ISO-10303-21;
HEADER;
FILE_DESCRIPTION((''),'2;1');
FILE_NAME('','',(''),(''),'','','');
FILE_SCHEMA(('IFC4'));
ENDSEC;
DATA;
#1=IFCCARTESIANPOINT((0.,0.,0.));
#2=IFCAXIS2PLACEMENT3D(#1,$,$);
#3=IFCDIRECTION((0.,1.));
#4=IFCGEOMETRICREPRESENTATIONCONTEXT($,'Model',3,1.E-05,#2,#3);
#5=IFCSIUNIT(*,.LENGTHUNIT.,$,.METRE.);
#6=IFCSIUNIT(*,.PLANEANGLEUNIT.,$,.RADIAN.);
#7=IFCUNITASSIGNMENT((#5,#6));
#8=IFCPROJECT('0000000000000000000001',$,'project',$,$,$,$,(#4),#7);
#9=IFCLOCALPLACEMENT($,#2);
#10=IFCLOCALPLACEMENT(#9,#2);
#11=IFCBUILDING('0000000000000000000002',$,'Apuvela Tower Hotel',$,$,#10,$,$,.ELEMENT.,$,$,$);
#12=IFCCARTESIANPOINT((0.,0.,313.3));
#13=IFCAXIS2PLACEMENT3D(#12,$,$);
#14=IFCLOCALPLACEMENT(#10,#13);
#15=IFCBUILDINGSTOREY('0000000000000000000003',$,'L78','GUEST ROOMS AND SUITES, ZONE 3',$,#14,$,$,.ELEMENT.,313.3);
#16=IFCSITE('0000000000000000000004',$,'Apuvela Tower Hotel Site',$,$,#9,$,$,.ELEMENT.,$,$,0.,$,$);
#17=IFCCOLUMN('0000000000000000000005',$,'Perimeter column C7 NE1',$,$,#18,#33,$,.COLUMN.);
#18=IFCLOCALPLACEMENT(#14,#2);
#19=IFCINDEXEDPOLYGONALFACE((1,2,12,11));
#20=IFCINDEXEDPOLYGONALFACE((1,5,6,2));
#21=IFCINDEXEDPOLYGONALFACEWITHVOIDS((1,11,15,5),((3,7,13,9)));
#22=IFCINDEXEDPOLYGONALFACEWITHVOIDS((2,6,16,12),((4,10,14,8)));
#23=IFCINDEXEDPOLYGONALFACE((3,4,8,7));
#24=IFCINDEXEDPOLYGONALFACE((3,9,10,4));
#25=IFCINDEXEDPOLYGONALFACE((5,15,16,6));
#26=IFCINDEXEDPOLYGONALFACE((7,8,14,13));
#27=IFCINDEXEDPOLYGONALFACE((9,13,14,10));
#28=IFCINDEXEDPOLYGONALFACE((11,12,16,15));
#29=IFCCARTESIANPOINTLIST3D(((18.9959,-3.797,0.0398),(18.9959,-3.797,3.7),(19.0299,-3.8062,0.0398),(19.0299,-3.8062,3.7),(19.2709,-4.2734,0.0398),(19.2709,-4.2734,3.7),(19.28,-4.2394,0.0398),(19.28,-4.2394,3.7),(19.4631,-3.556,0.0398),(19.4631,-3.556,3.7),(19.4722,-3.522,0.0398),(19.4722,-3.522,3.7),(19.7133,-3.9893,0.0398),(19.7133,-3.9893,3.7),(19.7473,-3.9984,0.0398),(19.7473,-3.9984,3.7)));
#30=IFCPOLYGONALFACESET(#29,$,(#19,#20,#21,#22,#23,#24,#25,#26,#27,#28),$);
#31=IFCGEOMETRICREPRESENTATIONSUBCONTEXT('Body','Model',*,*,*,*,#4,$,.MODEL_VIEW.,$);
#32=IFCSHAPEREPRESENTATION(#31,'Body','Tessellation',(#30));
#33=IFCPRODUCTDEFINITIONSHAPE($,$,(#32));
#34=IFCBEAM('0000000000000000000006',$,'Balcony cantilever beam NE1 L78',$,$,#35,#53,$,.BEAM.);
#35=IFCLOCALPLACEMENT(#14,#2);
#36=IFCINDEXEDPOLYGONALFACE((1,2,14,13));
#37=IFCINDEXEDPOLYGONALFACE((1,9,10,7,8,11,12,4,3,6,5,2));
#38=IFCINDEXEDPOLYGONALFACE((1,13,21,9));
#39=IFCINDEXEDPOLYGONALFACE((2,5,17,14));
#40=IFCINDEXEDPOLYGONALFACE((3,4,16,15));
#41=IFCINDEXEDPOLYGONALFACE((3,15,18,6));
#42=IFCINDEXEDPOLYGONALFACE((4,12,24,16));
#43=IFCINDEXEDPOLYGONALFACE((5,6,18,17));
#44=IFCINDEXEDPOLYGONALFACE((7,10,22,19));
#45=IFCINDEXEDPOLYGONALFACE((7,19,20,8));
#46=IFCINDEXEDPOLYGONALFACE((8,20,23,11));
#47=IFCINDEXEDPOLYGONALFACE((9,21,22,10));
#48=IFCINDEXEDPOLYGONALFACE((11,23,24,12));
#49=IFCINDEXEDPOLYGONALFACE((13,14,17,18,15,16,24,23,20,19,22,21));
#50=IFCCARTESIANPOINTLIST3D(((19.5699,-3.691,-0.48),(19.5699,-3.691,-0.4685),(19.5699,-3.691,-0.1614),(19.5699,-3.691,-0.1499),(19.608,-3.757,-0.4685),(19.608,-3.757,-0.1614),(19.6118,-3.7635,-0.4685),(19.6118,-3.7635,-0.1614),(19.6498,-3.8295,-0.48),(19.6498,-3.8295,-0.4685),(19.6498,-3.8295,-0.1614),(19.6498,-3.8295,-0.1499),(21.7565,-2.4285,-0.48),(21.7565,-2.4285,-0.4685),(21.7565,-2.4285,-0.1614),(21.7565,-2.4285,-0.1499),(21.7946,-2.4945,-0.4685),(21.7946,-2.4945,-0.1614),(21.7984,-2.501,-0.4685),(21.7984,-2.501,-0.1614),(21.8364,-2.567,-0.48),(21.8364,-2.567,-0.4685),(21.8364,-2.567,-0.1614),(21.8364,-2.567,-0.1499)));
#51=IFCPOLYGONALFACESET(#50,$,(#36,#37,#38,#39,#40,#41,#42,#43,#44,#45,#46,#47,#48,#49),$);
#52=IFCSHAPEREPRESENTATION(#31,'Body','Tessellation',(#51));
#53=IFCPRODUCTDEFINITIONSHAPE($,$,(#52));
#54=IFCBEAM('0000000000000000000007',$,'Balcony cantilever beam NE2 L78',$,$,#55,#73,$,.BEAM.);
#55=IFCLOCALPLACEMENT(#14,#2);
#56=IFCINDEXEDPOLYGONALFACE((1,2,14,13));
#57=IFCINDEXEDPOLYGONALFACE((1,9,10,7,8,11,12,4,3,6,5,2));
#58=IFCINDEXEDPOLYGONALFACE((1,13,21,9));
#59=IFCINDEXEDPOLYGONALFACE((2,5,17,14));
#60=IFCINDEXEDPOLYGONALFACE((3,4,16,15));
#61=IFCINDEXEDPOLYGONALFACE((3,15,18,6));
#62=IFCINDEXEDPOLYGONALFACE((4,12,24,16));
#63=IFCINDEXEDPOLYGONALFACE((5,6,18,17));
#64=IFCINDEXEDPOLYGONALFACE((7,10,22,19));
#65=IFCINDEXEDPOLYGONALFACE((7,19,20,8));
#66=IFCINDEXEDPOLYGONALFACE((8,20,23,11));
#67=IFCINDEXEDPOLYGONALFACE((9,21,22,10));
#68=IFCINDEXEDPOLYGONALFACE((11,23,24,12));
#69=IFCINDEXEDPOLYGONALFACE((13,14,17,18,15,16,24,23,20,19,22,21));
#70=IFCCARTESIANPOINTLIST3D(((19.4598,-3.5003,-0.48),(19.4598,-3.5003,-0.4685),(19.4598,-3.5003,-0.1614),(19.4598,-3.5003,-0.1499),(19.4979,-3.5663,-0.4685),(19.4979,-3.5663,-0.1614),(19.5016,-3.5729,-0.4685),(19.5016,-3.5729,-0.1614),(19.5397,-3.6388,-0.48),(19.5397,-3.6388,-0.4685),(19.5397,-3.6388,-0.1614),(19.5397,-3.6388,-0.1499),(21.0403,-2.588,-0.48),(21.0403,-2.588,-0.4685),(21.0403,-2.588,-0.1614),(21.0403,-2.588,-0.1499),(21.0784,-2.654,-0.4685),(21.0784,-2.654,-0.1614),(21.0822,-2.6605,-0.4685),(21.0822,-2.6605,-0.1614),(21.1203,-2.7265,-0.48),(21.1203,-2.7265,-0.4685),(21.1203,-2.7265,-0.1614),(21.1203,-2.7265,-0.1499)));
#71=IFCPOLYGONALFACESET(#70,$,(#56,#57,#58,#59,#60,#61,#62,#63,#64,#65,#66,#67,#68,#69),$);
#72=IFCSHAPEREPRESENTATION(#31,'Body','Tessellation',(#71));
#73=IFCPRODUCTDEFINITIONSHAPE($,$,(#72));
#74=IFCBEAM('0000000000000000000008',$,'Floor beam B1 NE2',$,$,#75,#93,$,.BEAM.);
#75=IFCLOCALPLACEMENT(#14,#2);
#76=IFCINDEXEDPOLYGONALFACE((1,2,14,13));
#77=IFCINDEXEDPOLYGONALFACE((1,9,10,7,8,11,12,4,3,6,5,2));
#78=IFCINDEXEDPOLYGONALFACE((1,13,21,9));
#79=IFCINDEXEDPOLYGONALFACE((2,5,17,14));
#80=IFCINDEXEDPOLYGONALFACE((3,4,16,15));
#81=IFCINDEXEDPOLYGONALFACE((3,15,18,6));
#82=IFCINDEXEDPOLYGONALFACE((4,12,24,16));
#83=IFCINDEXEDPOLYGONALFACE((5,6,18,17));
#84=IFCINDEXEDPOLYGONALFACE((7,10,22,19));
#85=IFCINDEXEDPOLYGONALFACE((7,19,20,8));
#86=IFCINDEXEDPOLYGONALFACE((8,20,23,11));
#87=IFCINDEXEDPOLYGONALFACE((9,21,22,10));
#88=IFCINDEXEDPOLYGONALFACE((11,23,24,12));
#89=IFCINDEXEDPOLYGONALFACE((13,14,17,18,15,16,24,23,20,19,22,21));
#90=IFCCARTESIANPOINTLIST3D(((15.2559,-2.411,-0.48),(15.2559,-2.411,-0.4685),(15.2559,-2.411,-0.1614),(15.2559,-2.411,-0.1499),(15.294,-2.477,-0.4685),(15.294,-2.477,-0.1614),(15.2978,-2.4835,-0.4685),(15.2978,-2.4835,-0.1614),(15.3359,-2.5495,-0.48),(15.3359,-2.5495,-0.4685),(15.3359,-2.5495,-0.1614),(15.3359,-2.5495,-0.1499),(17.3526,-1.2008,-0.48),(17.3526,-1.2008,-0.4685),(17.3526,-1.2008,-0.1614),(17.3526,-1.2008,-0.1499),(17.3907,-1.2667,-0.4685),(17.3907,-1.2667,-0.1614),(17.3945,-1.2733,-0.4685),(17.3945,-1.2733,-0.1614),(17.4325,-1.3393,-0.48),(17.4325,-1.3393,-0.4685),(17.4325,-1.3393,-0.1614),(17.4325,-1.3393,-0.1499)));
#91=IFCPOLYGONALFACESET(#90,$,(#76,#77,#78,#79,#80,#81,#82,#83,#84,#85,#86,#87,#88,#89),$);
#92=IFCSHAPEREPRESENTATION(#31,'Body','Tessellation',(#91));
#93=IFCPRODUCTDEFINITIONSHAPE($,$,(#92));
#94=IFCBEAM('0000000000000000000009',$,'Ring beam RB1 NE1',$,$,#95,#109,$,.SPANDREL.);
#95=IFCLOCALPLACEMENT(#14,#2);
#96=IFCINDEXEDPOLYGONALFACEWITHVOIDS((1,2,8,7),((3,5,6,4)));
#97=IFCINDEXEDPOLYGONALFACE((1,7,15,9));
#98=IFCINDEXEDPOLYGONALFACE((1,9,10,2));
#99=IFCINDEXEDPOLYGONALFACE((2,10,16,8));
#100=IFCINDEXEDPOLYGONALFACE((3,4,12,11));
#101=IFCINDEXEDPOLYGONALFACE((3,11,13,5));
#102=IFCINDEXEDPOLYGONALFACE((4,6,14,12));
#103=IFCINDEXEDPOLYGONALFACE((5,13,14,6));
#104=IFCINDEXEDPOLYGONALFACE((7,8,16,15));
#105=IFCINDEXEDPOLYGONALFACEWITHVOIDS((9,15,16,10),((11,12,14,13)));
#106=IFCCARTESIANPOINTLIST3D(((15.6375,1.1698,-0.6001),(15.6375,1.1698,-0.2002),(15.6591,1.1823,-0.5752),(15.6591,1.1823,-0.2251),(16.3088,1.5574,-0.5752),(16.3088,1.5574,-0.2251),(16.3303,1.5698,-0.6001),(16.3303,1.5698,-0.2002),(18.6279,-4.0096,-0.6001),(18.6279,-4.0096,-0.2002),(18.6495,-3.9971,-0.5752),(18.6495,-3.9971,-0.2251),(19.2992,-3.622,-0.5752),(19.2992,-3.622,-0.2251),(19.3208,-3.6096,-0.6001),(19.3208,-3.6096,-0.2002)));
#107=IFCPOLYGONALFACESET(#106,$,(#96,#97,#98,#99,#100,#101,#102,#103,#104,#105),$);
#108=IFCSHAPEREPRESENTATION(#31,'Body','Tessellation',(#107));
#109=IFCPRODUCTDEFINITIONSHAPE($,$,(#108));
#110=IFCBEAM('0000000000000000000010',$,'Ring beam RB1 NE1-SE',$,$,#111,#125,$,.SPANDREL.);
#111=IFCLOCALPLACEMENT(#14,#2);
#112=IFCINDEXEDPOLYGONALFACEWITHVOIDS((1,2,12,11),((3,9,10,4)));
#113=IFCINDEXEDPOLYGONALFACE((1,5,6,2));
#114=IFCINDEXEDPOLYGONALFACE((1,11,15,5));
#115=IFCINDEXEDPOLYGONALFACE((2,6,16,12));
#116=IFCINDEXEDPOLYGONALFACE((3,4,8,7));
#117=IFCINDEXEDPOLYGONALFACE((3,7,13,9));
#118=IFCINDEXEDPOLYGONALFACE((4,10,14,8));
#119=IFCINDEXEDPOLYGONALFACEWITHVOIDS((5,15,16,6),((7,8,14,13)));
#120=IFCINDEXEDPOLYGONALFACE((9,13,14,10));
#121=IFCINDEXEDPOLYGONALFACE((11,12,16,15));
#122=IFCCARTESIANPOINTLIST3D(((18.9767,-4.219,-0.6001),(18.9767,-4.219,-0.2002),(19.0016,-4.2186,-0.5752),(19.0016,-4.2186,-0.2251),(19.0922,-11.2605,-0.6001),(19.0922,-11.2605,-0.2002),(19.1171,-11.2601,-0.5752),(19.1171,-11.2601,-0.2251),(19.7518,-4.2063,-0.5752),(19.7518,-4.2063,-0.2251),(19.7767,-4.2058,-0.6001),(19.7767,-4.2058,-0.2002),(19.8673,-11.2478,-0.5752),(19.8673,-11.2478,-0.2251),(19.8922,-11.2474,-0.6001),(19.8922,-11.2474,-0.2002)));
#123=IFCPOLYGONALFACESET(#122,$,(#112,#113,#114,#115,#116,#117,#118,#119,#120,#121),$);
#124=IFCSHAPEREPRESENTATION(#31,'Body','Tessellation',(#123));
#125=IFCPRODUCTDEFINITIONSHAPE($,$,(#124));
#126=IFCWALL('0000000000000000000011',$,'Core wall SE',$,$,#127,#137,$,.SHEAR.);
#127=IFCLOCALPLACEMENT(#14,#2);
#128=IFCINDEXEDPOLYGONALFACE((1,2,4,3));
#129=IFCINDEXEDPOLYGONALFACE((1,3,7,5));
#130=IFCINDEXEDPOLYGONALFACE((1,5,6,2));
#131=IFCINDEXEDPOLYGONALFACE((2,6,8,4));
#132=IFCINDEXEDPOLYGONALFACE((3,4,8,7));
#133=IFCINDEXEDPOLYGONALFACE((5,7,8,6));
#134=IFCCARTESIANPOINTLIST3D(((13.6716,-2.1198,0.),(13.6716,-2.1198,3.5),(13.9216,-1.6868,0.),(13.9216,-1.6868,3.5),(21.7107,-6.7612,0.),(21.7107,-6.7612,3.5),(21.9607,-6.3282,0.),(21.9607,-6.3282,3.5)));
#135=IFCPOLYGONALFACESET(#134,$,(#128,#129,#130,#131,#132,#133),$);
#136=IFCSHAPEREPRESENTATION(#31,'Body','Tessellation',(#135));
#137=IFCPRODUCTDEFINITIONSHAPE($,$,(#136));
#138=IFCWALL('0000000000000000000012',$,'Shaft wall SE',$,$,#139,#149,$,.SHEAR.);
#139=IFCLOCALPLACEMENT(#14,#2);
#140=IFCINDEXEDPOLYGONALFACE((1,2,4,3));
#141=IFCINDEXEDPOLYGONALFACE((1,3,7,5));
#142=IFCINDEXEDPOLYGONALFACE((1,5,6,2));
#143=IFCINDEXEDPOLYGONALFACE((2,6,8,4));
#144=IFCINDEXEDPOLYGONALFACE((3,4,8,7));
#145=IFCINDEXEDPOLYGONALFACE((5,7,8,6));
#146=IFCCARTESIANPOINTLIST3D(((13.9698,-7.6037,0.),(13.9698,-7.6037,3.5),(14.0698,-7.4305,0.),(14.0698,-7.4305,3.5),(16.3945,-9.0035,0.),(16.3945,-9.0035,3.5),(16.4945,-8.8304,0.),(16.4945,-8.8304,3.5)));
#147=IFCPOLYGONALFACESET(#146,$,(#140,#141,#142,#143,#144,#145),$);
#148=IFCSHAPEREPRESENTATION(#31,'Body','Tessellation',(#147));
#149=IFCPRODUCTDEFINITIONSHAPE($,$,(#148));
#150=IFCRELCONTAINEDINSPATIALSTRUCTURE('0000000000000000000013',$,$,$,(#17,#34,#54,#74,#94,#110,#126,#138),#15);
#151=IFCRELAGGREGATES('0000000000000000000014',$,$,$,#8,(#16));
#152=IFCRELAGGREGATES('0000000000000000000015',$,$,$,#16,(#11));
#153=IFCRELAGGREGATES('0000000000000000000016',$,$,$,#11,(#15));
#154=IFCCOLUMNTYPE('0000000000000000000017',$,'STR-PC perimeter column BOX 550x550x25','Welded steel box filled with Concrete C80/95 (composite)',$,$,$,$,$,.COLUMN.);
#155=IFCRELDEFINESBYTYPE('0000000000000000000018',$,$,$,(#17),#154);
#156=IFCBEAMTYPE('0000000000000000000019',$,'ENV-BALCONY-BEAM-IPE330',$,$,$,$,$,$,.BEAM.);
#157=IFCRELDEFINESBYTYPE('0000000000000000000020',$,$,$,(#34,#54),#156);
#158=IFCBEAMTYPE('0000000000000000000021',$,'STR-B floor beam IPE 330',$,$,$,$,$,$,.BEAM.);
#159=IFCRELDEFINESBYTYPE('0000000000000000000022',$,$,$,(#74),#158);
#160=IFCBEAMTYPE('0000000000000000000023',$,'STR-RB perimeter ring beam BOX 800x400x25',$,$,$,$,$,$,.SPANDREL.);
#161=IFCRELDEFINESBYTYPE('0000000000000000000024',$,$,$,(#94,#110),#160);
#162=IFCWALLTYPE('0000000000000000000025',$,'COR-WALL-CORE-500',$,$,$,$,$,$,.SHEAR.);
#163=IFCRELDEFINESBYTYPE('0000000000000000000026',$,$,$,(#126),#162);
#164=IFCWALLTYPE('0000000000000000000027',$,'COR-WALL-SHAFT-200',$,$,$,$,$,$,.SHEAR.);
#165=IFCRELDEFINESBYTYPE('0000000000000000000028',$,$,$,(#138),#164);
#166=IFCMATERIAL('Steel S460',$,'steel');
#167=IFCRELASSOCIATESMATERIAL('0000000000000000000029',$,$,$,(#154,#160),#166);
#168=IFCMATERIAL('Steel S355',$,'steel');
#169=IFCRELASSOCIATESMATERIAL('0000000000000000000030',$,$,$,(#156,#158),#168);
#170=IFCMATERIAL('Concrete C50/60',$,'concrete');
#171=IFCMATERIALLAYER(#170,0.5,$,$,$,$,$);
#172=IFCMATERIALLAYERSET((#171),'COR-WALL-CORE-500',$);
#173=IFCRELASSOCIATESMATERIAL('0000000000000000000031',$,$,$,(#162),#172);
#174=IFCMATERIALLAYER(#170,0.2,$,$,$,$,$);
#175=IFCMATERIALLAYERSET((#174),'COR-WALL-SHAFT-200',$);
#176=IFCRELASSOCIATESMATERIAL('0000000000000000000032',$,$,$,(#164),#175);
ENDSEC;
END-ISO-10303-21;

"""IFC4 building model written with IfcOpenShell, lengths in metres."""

from ifc_helpers import new_model, si_unit, direction, frame, frame_2d, origin, origin_2d, place, context, subcontext, project, spatial, rectangle, hollow_rectangle, i_section, extrude, boolean, halfspace, material, layer, layer_set, material_profile, profile_set, type_object, element, save


model = new_model("IFC4")

# Units and contexts
model_context = context("Model", 3, precision=1e-05, world=origin(), true_north=direction((0.0, 1.0)))
body_context = subcontext(model_context, "Body", "Model", "MODEL_VIEW")
ifc_project = project(units=[si_unit("LENGTHUNIT", "METRE"), si_unit("PLANEANGLEUNIT", "RADIAN")], contexts=[model_context])

# Site, building, storey
site_placement = place(None, origin())
site = spatial("IfcSite", under=ifc_project, at=site_placement, Name="Apuvela Tower Hotel Site", CompositionType="ELEMENT", RefElevation=0.0)
building_placement = place(site_placement, origin())
building = spatial("IfcBuilding", under=site, at=building_placement, Name="Apuvela Tower Hotel", CompositionType="ELEMENT")
storey_placement = place(building_placement, frame((0.0, 0.0, 313.3)))
storey = spatial("IfcBuildingStorey", under=building, at=storey_placement, Name="L78", Description="GUEST ROOMS AND SUITES, ZONE 3", CompositionType="ELEMENT", Elevation=313.3)

# Column
ifc_material_1 = material(Name="Steel S460", Category="steel")
ifc_material_profile_1 = material_profile(ifc_material_1, hollow_rectangle(XDim=0.55, YDim=0.55, WallThickness=0.0249, at=origin_2d()), Name="BOX 550x550x25")
ifc_material_2 = material(Name="Concrete C80/95", Category="concrete")
ifc_material_profile_2 = material_profile(ifc_material_2, rectangle(XDim=0.5, YDim=0.5, at=origin_2d()), Name="Concrete C80/95 infill")
ifc_profile_set_1 = profile_set([ifc_material_profile_1, ifc_material_profile_2], Name="Steel S460")
column_type = type_object("IfcColumnType", Name="STR-PC perimeter column BOX 550x550x25", Description="Welded steel box filled with Concrete C80/95 (composite)", PredefinedType="COLUMN", material=ifc_profile_set_1)
column_placement = place(storey_placement, frame((19.3716, -3.8977, 0.0), z_axis=(0.0, 0.0, 1.0), x_axis=(-0.5, 0.866025, 0.0)))
element("IfcColumn", 1, at=column_placement, inside=storey, type_object=column_type, Name="Perimeter column C7 NE1", PredefinedType="COLUMN", context=body_context, shape_type="SweptSolid", body=[
    boolean("DIFFERENCE", extrude(hollow_rectangle(XDim=0.55, YDim=0.55, WallThickness=0.0249, at=origin_2d()), origin(), (0.0, 0.0, 1.0), 3.7), halfspace(frame((0.0, 0.0, 0.0398), z_axis=(0.0, 0.0, 1.0), x_axis=(1.0, 0.0, 0.0)), True)),
])

# Beams
ifc_material_3 = material(Name="Steel S355", Category="steel")
ifc_material_profile_3 = material_profile(ifc_material_3, i_section(OverallWidth=0.1599, OverallDepth=0.3301, WebThickness=0.0076, FlangeThickness=0.0115, at=origin_2d()), Name="IPE 330")
ifc_profile_set_2 = profile_set([ifc_material_profile_3], Name="Steel S355")
beam_type_1 = type_object("IfcBeamType", Name="ENV-BALCONY-BEAM-IPE330", PredefinedType="BEAM", material=ifc_profile_set_2)
beam_1_placement = place(storey_placement, frame((19.6099, -3.7603, -0.3149), z_axis=(0.866015, 0.500018, 0.0), x_axis=(-0.500018, 0.866015, 0.0)))
element("IfcBeam", 2, at=beam_1_placement, inside=storey, type_object=beam_type_1, Name="Balcony cantilever beam NE1 L78", PredefinedType="BEAM", context=body_context, shape_type="SweptSolid", body=[
    extrude(i_section(OverallWidth=0.1599, OverallDepth=0.3301, WebThickness=0.0076, FlangeThickness=0.0115, at=origin_2d()), origin(), (0.0, 0.0, 1.0), 2.5249),
])
beam_2_placement = place(storey_placement, frame((19.4998, -3.5696, -0.3149), z_axis=(0.86607, 0.499923, 0.0), x_axis=(-0.499923, 0.86607, 0.0)))
element("IfcBeam", 3, at=beam_2_placement, inside=storey, type_object=beam_type_1, Name="Balcony cantilever beam NE2 L78", PredefinedType="BEAM", context=body_context, shape_type="SweptSolid", body=[
    extrude(i_section(OverallWidth=0.1599, OverallDepth=0.3301, WebThickness=0.0076, FlangeThickness=0.0115, at=origin_2d()), origin(), (0.0, 0.0, 1.0), 1.825),
])
ifc_material_profile_4 = material_profile(ifc_material_3, i_section(OverallWidth=0.1599, OverallDepth=0.3301, WebThickness=0.0076, FlangeThickness=0.0115, at=origin_2d()), Name="IPE 330")
ifc_profile_set_3 = profile_set([ifc_material_profile_4], Name="Steel S355")
beam_type_2 = type_object("IfcBeamType", Name="STR-B floor beam IPE 330", PredefinedType="BEAM", material=ifc_profile_set_3)
beam_3_placement = place(storey_placement, frame((17.3926, -1.27, -0.3149), z_axis=(-0.866081, -0.499903, 0.0), x_axis=(0.499903, -0.866081, 0.0)))
element("IfcBeam", 4, at=beam_3_placement, inside=storey, type_object=beam_type_2, Name="Floor beam B1 NE2", PredefinedType="BEAM", context=body_context, shape_type="SweptSolid", body=[
    extrude(i_section(OverallWidth=0.1599, OverallDepth=0.3301, WebThickness=0.0076, FlangeThickness=0.0115, at=origin_2d()), origin(), (0.0, 0.0, 1.0), 2.4209),
])
ifc_material_profile_5 = material_profile(ifc_material_1, hollow_rectangle(XDim=0.8, YDim=0.3999, WallThickness=0.0249, at=origin_2d()), Name="BOX 800x400x25")
ifc_profile_set_4 = profile_set([ifc_material_profile_5], Name="Steel S460")
beam_type_3 = type_object("IfcBeamType", Name="STR-RB perimeter ring beam BOX 800x400x25", PredefinedType="SPANDREL", material=ifc_profile_set_4)
beam_4_placement = place(storey_placement, frame((18.9744, -3.8096, -0.4001), z_axis=(-0.500016, 0.866016, 0.0), x_axis=(-0.866016, -0.500016, 0.0)))
element("IfcBeam", 5, at=beam_4_placement, inside=storey, type_object=beam_type_3, Name="Ring beam RB1 NE1", PredefinedType="SPANDREL", context=body_context, shape_type="SweptSolid", body=[
    extrude(hollow_rectangle(XDim=0.8, YDim=0.3999, WallThickness=0.0249, at=origin_2d()), origin(), (0.0, 0.0, 1.0), 5.9807),
])
beam_5_placement = place(storey_placement, frame((19.3767, -4.2124, -0.4001), z_axis=(0.016397, -0.999866, 0.0), x_axis=(0.999866, 0.016397, 0.0)))
element("IfcBeam", 6, at=beam_5_placement, inside=storey, type_object=beam_type_3, Name="Ring beam RB1 NE1-SE", PredefinedType="SPANDREL", context=body_context, shape_type="SweptSolid", body=[
    extrude(hollow_rectangle(XDim=0.8, YDim=0.3999, WallThickness=0.0249, at=origin_2d()), origin(), (0.0, 0.0, 1.0), 7.0425),
])

# Walls
ifc_material_4 = material(Name="Concrete C50/60", Category="concrete")
ifc_layer_1 = layer(ifc_material_4, 0.5)
ifc_layer_set_1 = layer_set([ifc_layer_1], Name="COR-WALL-CORE-500")
wall_type_1 = type_object("IfcWallType", Name="COR-WALL-CORE-500", PredefinedType="SHEAR", material=ifc_layer_set_1)
wall_1_placement = place(storey_placement, frame((13.7966, -1.9033, 0.0), z_axis=(0.0, 0.0, 1.0), x_axis=(0.866025, -0.5, 0.0)))
element("IfcWall", 7, at=wall_1_placement, inside=storey, type_object=wall_type_1, Name="Core wall SE", PredefinedType="SHEAR", context=body_context, shape_type="SweptSolid", body=[
    extrude(rectangle(XDim=9.2827, YDim=0.5, at=frame_2d((4.6414, 0.0))), origin(), (0.0, 0.0, 1.0), 3.5),
])
ifc_layer_2 = layer(ifc_material_4, 0.2)
ifc_layer_set_2 = layer_set([ifc_layer_2], Name="COR-WALL-SHAFT-200")
wall_type_2 = type_object("IfcWallType", Name="COR-WALL-SHAFT-200", PredefinedType="SHEAR", material=ifc_layer_set_2)
wall_2_placement = place(storey_placement, frame((14.0198, -7.5171, 0.0), z_axis=(0.0, 0.0, 1.0), x_axis=(0.866035, -0.499984, 0.0)))
element("IfcWall", 8, at=wall_2_placement, inside=storey, type_object=wall_type_2, Name="Shaft wall SE", PredefinedType="SHEAR", context=body_context, shape_type="SweptSolid", body=[
    extrude(rectangle(XDim=2.7998, YDim=0.2, at=frame_2d((1.3999, 0.0))), origin(), (0.0, 0.0, 1.0), 3.5),
])

save(model, "model.ifc")
